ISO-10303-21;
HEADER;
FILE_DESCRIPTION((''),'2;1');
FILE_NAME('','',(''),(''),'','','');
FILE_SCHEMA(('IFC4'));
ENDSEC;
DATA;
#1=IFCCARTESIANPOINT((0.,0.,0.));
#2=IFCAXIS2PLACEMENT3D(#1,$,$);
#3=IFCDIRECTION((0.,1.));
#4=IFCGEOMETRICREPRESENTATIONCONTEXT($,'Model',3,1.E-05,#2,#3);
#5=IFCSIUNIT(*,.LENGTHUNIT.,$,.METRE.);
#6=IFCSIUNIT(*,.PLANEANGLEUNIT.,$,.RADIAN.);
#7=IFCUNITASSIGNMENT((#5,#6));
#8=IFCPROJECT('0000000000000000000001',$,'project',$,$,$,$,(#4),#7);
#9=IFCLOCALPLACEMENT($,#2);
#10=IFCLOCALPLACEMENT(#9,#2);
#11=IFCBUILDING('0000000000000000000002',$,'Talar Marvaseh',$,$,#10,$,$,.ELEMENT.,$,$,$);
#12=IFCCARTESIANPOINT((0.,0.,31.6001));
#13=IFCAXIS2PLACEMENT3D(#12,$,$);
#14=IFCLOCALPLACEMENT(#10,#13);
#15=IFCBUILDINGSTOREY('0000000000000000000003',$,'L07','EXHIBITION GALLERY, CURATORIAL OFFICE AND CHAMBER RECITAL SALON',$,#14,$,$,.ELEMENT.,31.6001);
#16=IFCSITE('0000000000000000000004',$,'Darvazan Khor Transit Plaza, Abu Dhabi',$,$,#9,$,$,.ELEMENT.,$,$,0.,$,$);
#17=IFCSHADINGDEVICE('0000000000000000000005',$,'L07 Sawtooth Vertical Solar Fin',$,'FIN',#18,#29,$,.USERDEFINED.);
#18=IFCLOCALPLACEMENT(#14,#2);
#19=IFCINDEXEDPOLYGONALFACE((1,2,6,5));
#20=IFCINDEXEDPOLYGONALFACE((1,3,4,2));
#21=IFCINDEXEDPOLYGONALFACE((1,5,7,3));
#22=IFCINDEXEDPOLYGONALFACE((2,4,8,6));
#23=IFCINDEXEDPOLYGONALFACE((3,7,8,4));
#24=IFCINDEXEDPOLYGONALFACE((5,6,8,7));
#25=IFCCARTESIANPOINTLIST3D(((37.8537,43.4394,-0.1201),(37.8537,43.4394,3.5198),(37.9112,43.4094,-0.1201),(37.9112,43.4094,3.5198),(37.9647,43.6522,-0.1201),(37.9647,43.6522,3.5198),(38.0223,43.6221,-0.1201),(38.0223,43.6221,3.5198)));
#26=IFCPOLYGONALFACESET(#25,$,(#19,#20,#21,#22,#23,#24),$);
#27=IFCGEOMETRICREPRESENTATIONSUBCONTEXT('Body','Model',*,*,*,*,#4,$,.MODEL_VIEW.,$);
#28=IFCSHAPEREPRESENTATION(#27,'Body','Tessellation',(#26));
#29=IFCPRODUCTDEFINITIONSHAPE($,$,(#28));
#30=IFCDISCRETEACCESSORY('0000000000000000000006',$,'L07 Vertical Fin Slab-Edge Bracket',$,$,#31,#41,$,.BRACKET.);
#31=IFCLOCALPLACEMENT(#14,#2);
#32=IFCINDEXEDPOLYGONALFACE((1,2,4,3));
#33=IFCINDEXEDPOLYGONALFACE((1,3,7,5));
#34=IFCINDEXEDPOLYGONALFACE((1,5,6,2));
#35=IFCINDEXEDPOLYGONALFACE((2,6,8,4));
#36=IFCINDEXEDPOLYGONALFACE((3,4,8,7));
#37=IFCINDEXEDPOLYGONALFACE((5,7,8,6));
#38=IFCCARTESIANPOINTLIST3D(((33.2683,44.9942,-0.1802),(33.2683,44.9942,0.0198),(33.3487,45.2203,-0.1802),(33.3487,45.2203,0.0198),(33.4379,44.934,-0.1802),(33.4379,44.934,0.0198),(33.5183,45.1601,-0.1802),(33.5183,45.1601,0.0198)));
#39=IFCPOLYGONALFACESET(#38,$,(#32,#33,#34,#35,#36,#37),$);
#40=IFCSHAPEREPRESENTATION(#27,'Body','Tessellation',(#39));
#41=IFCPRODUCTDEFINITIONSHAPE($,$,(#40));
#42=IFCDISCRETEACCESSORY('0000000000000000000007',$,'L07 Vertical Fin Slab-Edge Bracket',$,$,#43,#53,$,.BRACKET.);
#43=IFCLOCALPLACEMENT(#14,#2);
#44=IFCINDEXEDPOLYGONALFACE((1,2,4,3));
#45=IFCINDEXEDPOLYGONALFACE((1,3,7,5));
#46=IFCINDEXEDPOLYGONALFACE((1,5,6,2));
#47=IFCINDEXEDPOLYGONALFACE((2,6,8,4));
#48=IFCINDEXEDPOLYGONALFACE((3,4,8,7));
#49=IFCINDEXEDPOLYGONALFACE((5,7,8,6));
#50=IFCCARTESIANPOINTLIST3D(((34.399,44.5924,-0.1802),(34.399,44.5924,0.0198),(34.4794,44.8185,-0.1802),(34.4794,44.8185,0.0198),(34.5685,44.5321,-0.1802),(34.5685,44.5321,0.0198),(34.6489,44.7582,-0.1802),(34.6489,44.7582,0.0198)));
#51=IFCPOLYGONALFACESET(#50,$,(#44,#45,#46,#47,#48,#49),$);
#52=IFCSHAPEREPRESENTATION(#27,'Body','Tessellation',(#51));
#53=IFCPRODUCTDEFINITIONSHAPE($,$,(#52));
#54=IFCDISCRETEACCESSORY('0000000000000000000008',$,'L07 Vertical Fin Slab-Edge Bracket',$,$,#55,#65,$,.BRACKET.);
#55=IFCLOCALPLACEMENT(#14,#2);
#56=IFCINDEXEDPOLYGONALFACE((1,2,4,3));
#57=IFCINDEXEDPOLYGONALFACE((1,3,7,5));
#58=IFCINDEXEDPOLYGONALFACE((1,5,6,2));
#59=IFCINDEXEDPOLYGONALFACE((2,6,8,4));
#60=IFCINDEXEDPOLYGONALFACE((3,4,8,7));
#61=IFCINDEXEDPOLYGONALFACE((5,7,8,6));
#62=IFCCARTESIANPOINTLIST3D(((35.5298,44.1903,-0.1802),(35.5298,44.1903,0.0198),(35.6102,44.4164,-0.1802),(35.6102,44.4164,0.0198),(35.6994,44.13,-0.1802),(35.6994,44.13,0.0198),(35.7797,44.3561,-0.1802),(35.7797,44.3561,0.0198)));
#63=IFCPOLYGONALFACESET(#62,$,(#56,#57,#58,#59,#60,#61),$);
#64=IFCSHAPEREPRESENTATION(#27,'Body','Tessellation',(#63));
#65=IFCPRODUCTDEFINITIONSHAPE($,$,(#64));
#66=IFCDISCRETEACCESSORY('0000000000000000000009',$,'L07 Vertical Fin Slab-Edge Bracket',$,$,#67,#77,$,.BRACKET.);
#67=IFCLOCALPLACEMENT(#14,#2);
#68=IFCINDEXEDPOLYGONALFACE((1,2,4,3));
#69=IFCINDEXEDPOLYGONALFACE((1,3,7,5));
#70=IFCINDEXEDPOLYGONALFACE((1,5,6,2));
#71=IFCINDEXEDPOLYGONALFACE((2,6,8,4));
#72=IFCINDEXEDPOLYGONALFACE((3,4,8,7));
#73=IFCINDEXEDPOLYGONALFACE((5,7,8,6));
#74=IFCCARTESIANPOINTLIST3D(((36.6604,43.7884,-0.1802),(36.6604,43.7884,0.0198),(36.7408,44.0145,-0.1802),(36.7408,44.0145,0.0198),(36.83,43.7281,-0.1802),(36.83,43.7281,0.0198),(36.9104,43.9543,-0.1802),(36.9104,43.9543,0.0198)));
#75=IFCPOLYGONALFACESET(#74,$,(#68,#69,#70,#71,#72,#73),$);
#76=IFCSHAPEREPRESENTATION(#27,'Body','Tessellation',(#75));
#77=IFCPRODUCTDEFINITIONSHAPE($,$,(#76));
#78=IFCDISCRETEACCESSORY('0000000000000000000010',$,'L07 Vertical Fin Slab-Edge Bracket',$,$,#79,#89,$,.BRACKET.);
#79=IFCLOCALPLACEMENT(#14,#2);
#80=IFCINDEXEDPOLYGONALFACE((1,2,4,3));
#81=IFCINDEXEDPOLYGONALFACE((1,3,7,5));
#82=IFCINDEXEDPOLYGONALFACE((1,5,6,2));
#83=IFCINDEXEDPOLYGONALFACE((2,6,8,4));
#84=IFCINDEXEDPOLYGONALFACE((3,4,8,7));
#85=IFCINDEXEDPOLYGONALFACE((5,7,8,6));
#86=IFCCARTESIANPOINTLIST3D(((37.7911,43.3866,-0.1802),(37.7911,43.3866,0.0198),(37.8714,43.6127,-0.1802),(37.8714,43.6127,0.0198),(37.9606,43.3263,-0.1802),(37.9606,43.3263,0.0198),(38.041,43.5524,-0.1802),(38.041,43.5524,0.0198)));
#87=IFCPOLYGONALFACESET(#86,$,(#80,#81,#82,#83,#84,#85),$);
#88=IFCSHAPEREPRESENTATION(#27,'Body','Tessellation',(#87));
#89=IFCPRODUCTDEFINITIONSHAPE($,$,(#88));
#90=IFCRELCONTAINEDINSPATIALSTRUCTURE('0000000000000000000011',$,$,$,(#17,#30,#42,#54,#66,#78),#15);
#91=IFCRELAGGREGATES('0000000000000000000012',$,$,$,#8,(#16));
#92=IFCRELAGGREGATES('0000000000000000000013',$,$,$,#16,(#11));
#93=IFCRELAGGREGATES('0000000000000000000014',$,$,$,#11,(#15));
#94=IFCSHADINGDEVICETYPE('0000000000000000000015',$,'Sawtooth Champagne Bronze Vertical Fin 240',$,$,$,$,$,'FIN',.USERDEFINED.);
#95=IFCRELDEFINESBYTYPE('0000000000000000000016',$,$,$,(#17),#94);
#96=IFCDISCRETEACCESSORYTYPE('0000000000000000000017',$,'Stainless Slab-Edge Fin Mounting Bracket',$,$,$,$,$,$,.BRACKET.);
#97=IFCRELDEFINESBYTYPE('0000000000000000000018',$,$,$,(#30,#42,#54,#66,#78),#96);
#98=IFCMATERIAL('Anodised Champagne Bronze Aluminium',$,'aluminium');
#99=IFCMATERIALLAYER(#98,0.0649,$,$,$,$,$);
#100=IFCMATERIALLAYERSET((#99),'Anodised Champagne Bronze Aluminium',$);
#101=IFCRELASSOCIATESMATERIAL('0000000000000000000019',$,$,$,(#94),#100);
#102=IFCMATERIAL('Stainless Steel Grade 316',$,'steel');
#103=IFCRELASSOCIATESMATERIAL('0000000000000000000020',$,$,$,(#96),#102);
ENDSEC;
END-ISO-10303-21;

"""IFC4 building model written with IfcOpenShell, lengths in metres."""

from ifc_helpers import new_model, si_unit, direction, frame, origin, origin_2d, place, context, subcontext, project, spatial, rectangle, extrude, source, transform, mapped, material, layer, layer_set, type_object, type_shapes, element, save


model = new_model("IFC4")

# Units and contexts
model_context = context("Model", 3, precision=1e-05, world=origin(), true_north=direction((0.0, 1.0)))
body_context = subcontext(model_context, "Body", "Model", "MODEL_VIEW")
ifc_project = project(units=[si_unit("LENGTHUNIT", "METRE"), si_unit("PLANEANGLEUNIT", "RADIAN")], contexts=[model_context])

# Site, building, storey
site_placement = place(None, origin())
site = spatial("IfcSite", under=ifc_project, at=site_placement, Name="Darvazan Khor Transit Plaza, Abu Dhabi", CompositionType="ELEMENT", RefElevation=0.0)
building_placement = place(site_placement, origin())
building = spatial("IfcBuilding", under=site, at=building_placement, Name="Talar Marvaseh", CompositionType="ELEMENT")
storey_placement = place(building_placement, frame((0.0, 0.0, 31.6001)))
storey = spatial("IfcBuildingStorey", under=building, at=storey_placement, Name="L07", Description="EXHIBITION GALLERY, CURATORIAL OFFICE AND CHAMBER RECITAL SALON", CompositionType="ELEMENT", Elevation=31.6001)

# Shading device
ifc_material_1 = material(Name="Anodised Champagne Bronze Aluminium", Category="aluminium")
ifc_layer_1 = layer(ifc_material_1, 0.0649)
ifc_layer_set_1 = layer_set([ifc_layer_1], Name="Anodised Champagne Bronze Aluminium")
shading_device_type = type_object("IfcShadingDeviceType", Name="Sawtooth Champagne Bronze Vertical Fin 240", ElementType="FIN", PredefinedType="USERDEFINED", material=ifc_layer_set_1)
shared_shape_1 = source(origin(), body_context, "Body", "SweptSolid", [
    extrude(rectangle(XDim=0.24, YDim=0.0649, at=origin_2d()), origin(), (0.0, 0.0, 1.0), 3.6399),
])
type_shapes(shading_device_type, [shared_shape_1])
for number, where, z_axis, x_axis, name in (
    (1, (37.938, 43.5308, -0.1201), (0.0, 0.0, 1.0), (0.462832, 0.886446, 0.0), "L07 Sawtooth Vertical Solar Fin"),
):
    element("IfcShadingDevice", number, at=place(storey_placement, frame(where, z_axis=z_axis, x_axis=x_axis)), inside=storey, type_object=shading_device_type, Name=name, ObjectType="FIN", PredefinedType="USERDEFINED", context=body_context, shape_type="MappedRepresentation", body=[
        mapped(shared_shape_1, transform((0.0, 0.0, 0.0), x_axis=(1.0, 0.0, 0.0), y_axis=(0.0, 1.0, 0.0), z_axis=(0.0, 0.0, 1.0), scale=1.0)),
    ])

# Discrete accessories
ifc_material_2 = material(Name="Stainless Steel Grade 316", Category="steel")
discrete_accessory_type = type_object("IfcDiscreteAccessoryType", Name="Stainless Slab-Edge Fin Mounting Bracket", PredefinedType="BRACKET", material=ifc_material_2)
shared_shape_2 = source(origin(), body_context, "Body", "SweptSolid", [
    extrude(rectangle(XDim=0.24, YDim=0.1799, at=origin_2d()), origin(), (0.0, 0.0, 1.0), 0.2),
])
type_shapes(discrete_accessory_type, [shared_shape_2])
for number, where, z_axis, x_axis, name in (
    (2, (33.3933, 45.0771, -0.1802), (0.0, 0.0, 1.0), (0.334958, 0.942233, 0.0), "L07 Vertical Fin Slab-Edge Bracket"),
    (3, (34.5239, 44.6753, -0.1802), (0.0, 0.0, 1.0), (0.334958, 0.942233, 0.0), "L07 Vertical Fin Slab-Edge Bracket"),
    (4, (35.6548, 44.2732, -0.1802), (0.0, 0.0, 1.0), (0.334958, 0.942233, 0.0), "L07 Vertical Fin Slab-Edge Bracket"),
    (5, (36.7854, 43.8713, -0.1802), (0.0, 0.0, 1.0), (0.334958, 0.942233, 0.0), "L07 Vertical Fin Slab-Edge Bracket"),
    (6, (37.916, 43.4695, -0.1802), (0.0, 0.0, 1.0), (0.334958, 0.942233, 0.0), "L07 Vertical Fin Slab-Edge Bracket"),
):
    element("IfcDiscreteAccessory", number, at=place(storey_placement, frame(where, z_axis=z_axis, x_axis=x_axis)), inside=storey, type_object=discrete_accessory_type, Name=name, PredefinedType="BRACKET", context=body_context, shape_type="MappedRepresentation", body=[
        mapped(shared_shape_2, transform((0.0, 0.0, 0.0), x_axis=(1.0, 0.0, 0.0), y_axis=(0.0, 1.0, 0.0), z_axis=(0.0, 0.0, 1.0), scale=1.0)),
    ])

save(model, "model.ifc")
